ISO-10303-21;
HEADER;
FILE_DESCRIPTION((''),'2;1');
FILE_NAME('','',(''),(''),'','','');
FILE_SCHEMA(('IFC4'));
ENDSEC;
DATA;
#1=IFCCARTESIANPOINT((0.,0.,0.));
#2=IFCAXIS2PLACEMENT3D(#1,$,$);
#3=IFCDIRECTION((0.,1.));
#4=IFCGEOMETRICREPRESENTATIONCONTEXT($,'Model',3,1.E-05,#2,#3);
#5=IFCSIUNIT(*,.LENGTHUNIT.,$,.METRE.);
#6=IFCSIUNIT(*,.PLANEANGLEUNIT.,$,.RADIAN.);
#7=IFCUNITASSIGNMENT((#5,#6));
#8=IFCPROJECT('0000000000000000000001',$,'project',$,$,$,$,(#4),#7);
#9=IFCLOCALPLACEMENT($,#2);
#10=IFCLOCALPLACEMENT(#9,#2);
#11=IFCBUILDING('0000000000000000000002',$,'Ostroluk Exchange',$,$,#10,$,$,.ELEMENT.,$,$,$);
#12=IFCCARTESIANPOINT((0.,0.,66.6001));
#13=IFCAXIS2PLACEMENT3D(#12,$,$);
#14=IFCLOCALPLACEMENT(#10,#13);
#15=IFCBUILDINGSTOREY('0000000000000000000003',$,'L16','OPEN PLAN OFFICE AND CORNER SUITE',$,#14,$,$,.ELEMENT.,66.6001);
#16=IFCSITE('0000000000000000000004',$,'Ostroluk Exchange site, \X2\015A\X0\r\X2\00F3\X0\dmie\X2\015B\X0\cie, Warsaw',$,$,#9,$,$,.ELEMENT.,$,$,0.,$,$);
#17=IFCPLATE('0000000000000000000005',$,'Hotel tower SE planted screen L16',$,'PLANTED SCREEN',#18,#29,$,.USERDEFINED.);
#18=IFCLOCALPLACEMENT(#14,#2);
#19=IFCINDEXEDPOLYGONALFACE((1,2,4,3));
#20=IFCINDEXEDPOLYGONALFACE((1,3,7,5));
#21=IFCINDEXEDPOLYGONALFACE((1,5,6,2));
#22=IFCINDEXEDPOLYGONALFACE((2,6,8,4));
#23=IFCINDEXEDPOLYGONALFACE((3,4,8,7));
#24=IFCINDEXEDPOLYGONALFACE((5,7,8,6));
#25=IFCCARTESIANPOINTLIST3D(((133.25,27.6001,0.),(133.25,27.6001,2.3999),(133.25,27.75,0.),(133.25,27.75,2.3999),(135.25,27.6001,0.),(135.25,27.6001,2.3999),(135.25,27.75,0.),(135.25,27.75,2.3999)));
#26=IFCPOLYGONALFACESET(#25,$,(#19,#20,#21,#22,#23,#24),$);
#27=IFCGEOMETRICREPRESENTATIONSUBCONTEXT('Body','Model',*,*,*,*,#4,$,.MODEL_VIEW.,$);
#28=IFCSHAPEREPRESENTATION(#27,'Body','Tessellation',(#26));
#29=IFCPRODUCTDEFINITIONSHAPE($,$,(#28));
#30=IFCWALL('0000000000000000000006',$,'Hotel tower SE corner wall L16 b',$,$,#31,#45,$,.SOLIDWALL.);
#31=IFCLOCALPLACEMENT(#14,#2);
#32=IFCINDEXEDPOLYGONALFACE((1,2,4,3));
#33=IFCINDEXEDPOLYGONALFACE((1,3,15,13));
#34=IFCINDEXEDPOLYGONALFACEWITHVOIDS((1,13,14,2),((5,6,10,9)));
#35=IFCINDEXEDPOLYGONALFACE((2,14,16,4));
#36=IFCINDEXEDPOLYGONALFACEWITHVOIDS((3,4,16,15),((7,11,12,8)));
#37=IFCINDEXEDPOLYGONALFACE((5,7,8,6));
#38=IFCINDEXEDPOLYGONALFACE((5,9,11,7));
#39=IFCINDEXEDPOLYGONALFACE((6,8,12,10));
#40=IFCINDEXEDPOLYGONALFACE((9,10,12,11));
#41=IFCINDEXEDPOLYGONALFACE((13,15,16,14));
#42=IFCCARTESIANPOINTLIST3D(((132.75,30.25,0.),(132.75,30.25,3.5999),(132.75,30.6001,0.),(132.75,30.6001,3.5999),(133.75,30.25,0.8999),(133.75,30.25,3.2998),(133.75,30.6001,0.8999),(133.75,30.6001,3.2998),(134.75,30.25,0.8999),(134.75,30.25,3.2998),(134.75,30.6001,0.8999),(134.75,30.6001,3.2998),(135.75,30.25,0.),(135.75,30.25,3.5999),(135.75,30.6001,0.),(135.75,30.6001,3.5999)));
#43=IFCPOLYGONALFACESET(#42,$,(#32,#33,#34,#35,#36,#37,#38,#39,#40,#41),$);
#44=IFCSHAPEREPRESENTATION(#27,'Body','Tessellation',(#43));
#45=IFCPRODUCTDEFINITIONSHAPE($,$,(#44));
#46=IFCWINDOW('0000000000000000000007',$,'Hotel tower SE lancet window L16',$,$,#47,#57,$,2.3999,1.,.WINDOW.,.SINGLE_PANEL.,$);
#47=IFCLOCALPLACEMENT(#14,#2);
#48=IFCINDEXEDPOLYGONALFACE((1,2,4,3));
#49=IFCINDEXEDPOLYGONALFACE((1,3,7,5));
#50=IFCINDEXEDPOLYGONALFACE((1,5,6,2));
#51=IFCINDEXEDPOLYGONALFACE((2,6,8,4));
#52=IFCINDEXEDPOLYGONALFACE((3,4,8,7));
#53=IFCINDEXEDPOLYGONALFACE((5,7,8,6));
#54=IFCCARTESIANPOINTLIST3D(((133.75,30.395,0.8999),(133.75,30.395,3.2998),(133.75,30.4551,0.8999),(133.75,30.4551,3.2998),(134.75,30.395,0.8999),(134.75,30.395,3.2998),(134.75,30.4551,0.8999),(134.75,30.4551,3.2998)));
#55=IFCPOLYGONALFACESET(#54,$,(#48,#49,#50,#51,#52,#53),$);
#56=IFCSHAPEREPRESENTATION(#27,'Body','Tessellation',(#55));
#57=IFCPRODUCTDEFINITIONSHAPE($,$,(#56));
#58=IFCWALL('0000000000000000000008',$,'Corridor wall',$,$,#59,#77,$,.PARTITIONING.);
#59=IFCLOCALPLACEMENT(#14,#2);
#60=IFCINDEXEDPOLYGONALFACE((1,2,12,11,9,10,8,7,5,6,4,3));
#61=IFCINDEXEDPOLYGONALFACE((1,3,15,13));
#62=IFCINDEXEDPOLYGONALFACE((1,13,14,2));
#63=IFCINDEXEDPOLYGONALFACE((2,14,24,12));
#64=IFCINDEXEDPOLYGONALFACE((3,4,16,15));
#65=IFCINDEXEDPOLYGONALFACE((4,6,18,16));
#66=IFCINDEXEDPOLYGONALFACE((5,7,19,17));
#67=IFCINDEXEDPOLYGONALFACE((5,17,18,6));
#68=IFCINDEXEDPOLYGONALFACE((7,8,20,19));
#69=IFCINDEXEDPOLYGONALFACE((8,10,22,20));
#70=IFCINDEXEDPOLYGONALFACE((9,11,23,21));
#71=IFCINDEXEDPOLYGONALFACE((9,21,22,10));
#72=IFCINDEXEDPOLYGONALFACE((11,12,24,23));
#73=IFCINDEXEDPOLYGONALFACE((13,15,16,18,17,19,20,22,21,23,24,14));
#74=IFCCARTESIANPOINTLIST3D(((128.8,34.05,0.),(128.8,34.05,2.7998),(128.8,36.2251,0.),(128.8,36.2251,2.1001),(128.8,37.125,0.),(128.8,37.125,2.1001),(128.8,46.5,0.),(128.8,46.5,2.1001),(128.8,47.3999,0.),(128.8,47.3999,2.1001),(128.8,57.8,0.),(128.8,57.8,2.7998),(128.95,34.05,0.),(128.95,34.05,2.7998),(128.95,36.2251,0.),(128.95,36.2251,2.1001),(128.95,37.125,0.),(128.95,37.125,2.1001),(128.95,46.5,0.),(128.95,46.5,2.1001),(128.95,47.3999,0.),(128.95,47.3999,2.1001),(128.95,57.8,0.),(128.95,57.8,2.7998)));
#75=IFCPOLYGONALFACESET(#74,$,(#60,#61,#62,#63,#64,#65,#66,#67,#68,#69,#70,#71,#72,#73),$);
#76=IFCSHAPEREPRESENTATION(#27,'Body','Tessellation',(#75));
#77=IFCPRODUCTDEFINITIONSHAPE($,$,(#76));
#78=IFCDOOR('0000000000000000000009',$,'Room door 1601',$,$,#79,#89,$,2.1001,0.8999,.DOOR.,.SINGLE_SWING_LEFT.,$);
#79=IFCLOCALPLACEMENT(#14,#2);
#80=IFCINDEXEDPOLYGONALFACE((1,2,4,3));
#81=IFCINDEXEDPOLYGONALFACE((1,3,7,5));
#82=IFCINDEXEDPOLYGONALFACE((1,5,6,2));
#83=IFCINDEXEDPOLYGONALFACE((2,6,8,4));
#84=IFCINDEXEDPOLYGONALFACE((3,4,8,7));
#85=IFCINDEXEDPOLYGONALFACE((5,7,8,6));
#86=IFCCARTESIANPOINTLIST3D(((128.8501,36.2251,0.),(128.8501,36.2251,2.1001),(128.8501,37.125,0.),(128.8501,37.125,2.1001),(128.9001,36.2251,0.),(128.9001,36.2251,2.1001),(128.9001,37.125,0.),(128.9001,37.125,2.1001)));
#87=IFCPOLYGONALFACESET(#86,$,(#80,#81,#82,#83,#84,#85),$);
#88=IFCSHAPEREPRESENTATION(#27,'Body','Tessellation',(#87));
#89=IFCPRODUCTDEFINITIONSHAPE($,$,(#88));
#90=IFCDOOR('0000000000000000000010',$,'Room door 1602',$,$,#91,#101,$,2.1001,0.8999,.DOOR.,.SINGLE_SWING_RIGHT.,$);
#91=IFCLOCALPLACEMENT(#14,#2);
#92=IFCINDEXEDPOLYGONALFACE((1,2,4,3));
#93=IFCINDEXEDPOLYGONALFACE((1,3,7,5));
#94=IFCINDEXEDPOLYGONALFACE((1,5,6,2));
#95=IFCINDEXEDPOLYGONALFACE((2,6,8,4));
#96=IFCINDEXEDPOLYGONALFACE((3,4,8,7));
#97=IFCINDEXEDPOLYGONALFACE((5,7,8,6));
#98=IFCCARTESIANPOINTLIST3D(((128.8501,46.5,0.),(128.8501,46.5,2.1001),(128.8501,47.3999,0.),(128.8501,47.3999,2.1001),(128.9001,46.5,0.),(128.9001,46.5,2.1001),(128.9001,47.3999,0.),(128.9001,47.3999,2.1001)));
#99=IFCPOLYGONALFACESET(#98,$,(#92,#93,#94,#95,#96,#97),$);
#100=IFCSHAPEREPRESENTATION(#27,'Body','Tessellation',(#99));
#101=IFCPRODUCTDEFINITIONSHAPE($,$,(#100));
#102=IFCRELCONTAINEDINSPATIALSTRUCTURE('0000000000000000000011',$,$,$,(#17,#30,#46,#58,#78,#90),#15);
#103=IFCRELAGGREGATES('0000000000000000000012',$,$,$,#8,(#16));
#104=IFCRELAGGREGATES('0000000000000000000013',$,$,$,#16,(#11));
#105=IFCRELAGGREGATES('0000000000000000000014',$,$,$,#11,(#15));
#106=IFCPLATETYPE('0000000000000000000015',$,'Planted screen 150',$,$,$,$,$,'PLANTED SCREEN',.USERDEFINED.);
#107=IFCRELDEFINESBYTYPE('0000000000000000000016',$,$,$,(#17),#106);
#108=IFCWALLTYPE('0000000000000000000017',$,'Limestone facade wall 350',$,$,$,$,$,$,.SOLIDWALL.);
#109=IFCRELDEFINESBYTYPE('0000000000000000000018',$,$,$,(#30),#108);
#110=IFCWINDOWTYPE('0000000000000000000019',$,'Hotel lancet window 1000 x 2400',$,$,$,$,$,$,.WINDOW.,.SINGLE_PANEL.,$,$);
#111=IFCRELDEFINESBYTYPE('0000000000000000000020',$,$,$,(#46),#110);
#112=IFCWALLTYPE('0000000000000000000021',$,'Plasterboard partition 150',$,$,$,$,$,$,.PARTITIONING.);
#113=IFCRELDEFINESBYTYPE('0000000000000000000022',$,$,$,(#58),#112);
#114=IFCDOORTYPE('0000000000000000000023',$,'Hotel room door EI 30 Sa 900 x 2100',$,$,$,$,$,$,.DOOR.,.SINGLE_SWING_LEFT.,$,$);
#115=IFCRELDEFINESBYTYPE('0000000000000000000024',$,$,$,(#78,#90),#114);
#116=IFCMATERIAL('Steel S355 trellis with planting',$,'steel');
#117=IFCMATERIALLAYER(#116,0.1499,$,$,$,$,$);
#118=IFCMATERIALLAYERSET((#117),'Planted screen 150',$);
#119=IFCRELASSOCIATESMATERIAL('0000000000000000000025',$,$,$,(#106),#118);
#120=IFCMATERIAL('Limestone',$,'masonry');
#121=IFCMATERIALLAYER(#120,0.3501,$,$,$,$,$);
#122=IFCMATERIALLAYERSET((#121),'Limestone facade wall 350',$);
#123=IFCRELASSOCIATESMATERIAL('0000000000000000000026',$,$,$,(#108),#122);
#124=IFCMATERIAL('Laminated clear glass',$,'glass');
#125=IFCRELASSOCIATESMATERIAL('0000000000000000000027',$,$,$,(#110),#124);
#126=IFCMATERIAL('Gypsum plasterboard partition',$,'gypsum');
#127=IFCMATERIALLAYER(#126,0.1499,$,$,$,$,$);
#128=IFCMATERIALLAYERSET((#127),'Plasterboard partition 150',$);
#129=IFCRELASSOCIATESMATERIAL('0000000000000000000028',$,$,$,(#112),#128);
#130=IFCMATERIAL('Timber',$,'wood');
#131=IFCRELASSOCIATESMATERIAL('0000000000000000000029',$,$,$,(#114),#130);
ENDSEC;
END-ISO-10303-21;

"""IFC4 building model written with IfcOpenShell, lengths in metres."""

from ifc_helpers import new_model, si_unit, direction, frame, frame_2d, origin, origin_2d, place, context, subcontext, project, spatial, rectangle, extrude, material, layer, layer_set, type_object, element, fill, save


model = new_model("IFC4")

# Units and contexts
model_context = context("Model", 3, precision=1e-05, world=origin(), true_north=direction((0.0, 1.0)))
body_context = subcontext(model_context, "Body", "Model", "MODEL_VIEW")
ifc_project = project(units=[si_unit("LENGTHUNIT", "METRE"), si_unit("PLANEANGLEUNIT", "RADIAN")], contexts=[model_context])

# Site, building, storey
site_placement = place(None, origin())
site = spatial("IfcSite", under=ifc_project, at=site_placement, Name="Ostroluk Exchange site, Śródmieście, Warsaw", CompositionType="ELEMENT", RefElevation=0.0)
building_placement = place(site_placement, origin())
building = spatial("IfcBuilding", under=site, at=building_placement, Name="Ostroluk Exchange", CompositionType="ELEMENT")
storey_placement = place(building_placement, frame((0.0, 0.0, 66.6001)))
storey = spatial("IfcBuildingStorey", under=building, at=storey_placement, Name="L16", Description="OPEN PLAN OFFICE AND CORNER SUITE", CompositionType="ELEMENT", Elevation=66.6001)

# Plate
ifc_material_1 = material(Name="Steel S355 trellis with planting", Category="steel")
ifc_layer_1 = layer(ifc_material_1, 0.1499)
ifc_layer_set_1 = layer_set([ifc_layer_1], Name="Planted screen 150")
plate_type_1 = type_object("IfcPlateType", Name="Planted screen 150", ElementType="PLANTED SCREEN", PredefinedType="USERDEFINED", material=ifc_layer_set_1)
plate_1_placement = place(storey_placement, frame((134.25, 27.675, 0.0), z_axis=(0.0, 0.0, 1.0), x_axis=(1.0, 0.0, 0.0)))
element("IfcPlate", 1, at=plate_1_placement, inside=storey, type_object=plate_type_1, Name="Hotel tower SE planted screen L16", ObjectType="PLANTED SCREEN", PredefinedType="USERDEFINED", context=body_context, shape_type="SweptSolid", body=[
    extrude(rectangle(XDim=2.0, YDim=0.1499, at=origin_2d()), origin(), (0.0, 0.0, 1.0), 2.3999),
])

# Shared definitions
ifc_material_2 = material(Name="Limestone", Category="masonry")
ifc_layer_2 = layer(ifc_material_2, 0.3501)
ifc_layer_set_2 = layer_set([ifc_layer_2], Name="Limestone facade wall 350")
wall_type_1 = type_object("IfcWallType", Name="Limestone facade wall 350", PredefinedType="SOLIDWALL", material=ifc_layer_set_2)

# Wall, opening, window
wall_1_placement = place(storey_placement, frame((132.75, 30.425, 0.0), z_axis=(0.0, 0.0, 1.0), x_axis=(1.0, 0.0, 0.0)))
wall_1 = element("IfcWall", 2, at=wall_1_placement, inside=storey, type_object=wall_type_1, Name="Hotel tower SE corner wall L16 b", PredefinedType="SOLIDWALL", context=body_context, shape_type="SweptSolid", body=[
    extrude(rectangle(XDim=3.0, YDim=0.3501, at=frame_2d((1.5, 0.0))), origin(), (0.0, 0.0, 1.0), 3.5999),
])
opening_1_placement = place(wall_1_placement, frame((1.0, 0.0, 0.8999)))
opening_1 = element("IfcOpeningElement", 3, at=opening_1_placement, cuts=wall_1, PredefinedType="OPENING", context=body_context, shape_type="SweptSolid", body=[
    extrude(rectangle(XDim=1.0, YDim=2.3999, at=frame_2d((0.5, 1.2))), frame((0.0, 0.1851, 0.0), z_axis=(0.0, -1.0, 0.0), x_axis=(1.0, 0.0, 0.0)), (0.0, 0.0, 1.0), 0.3701),
])
ifc_material_3 = material(Name="Laminated clear glass", Category="glass")
window_type = type_object("IfcWindowType", Name="Hotel lancet window 1000 x 2400", PartitioningType="SINGLE_PANEL", PredefinedType="WINDOW", material=ifc_material_3)
window_placement = place(opening_1_placement, origin())
window = element("IfcWindow", 4, at=window_placement, inside=storey, type_object=window_type, Name="Hotel tower SE lancet window L16", OverallHeight=2.3999, OverallWidth=1.0, PartitioningType="SINGLE_PANEL", PredefinedType="WINDOW", context=body_context, shape_type="SweptSolid", body=[
    extrude(rectangle(XDim=1.0, YDim=2.3999, at=frame_2d((0.5, 1.2))), frame((0.0, 0.03, 0.0), z_axis=(0.0, -1.0, 0.0), x_axis=(1.0, 0.0, 0.0)), (0.0, 0.0, 1.0), 0.0601),
])
fill(opening_1, window)

# Wall, openings, doors
ifc_material_4 = material(Name="Gypsum plasterboard partition", Category="gypsum")
ifc_layer_3 = layer(ifc_material_4, 0.1499)
ifc_layer_set_3 = layer_set([ifc_layer_3], Name="Plasterboard partition 150")
wall_type_2 = type_object("IfcWallType", Name="Plasterboard partition 150", PredefinedType="PARTITIONING", material=ifc_layer_set_3)
wall_2_placement = place(storey_placement, frame((128.875, 34.05, 0.0), z_axis=(0.0, 0.0, 1.0), x_axis=(0.0, 1.0, 0.0)))
wall_2 = element("IfcWall", 5, at=wall_2_placement, inside=storey, type_object=wall_type_2, Name="Corridor wall", PredefinedType="PARTITIONING", context=body_context, shape_type="SweptSolid", body=[
    extrude(rectangle(XDim=23.75, YDim=0.1499, at=frame_2d((11.875, 0.0))), origin(), (0.0, 0.0, 1.0), 2.7998),
])
opening_2_placement = place(wall_2_placement, frame((2.175, 0.0, 0.0)))
opening_2 = element("IfcOpeningElement", 6, at=opening_2_placement, cuts=wall_2, PredefinedType="OPENING", context=body_context, shape_type="SweptSolid", body=[
    extrude(rectangle(XDim=0.8999, YDim=2.1001, at=frame_2d((0.45, 1.05))), frame((0.0, 0.085, 0.0), z_axis=(0.0, -1.0, 0.0), x_axis=(1.0, 0.0, 0.0)), (0.0, 0.0, 1.0), 0.1699),
])
opening_3_placement = place(wall_2_placement, frame((12.45, 0.0, 0.0)))
opening_3 = element("IfcOpeningElement", 7, at=opening_3_placement, cuts=wall_2, PredefinedType="OPENING", context=body_context, shape_type="SweptSolid", body=[
    extrude(rectangle(XDim=0.8999, YDim=2.1001, at=frame_2d((0.45, 1.05))), frame((0.0, 0.085, 0.0), z_axis=(0.0, -1.0, 0.0), x_axis=(1.0, 0.0, 0.0)), (0.0, 0.0, 1.0), 0.1699),
])
ifc_material_5 = material(Name="Timber", Category="wood")
door_type_1 = type_object("IfcDoorType", Name="Hotel room door EI 30 Sa 900 x 2100", OperationType="SINGLE_SWING_LEFT", PredefinedType="DOOR", material=ifc_material_5)
door_1_placement = place(opening_2_placement, origin())
door_1 = element("IfcDoor", 8, at=door_1_placement, inside=storey, type_object=door_type_1, Name="Room door 1601", OperationType="SINGLE_SWING_LEFT", OverallHeight=2.1001, OverallWidth=0.8999, PredefinedType="DOOR", context=body_context, shape_type="SweptSolid", body=[
    extrude(rectangle(XDim=0.8999, YDim=2.1001, at=frame_2d((0.45, 1.05))), frame((0.0, 0.0249, 0.0), z_axis=(0.0, -1.0, 0.0), x_axis=(1.0, 0.0, 0.0)), (0.0, 0.0, 1.0), 0.05),
])
fill(opening_2, door_1)
door_2_placement = place(opening_3_placement, origin())
door_2 = element("IfcDoor", 9, at=door_2_placement, inside=storey, type_object=door_type_1, Name="Room door 1602", OperationType="SINGLE_SWING_RIGHT", OverallHeight=2.1001, OverallWidth=0.8999, PredefinedType="DOOR", context=body_context, shape_type="SweptSolid", body=[
    extrude(rectangle(XDim=0.8999, YDim=2.1001, at=frame_2d((0.45, 1.05))), frame((0.0, 0.0249, 0.0), z_axis=(0.0, -1.0, 0.0), x_axis=(1.0, 0.0, 0.0)), (0.0, 0.0, 1.0), 0.05),
])
fill(opening_3, door_2)

save(model, "model.ifc")
